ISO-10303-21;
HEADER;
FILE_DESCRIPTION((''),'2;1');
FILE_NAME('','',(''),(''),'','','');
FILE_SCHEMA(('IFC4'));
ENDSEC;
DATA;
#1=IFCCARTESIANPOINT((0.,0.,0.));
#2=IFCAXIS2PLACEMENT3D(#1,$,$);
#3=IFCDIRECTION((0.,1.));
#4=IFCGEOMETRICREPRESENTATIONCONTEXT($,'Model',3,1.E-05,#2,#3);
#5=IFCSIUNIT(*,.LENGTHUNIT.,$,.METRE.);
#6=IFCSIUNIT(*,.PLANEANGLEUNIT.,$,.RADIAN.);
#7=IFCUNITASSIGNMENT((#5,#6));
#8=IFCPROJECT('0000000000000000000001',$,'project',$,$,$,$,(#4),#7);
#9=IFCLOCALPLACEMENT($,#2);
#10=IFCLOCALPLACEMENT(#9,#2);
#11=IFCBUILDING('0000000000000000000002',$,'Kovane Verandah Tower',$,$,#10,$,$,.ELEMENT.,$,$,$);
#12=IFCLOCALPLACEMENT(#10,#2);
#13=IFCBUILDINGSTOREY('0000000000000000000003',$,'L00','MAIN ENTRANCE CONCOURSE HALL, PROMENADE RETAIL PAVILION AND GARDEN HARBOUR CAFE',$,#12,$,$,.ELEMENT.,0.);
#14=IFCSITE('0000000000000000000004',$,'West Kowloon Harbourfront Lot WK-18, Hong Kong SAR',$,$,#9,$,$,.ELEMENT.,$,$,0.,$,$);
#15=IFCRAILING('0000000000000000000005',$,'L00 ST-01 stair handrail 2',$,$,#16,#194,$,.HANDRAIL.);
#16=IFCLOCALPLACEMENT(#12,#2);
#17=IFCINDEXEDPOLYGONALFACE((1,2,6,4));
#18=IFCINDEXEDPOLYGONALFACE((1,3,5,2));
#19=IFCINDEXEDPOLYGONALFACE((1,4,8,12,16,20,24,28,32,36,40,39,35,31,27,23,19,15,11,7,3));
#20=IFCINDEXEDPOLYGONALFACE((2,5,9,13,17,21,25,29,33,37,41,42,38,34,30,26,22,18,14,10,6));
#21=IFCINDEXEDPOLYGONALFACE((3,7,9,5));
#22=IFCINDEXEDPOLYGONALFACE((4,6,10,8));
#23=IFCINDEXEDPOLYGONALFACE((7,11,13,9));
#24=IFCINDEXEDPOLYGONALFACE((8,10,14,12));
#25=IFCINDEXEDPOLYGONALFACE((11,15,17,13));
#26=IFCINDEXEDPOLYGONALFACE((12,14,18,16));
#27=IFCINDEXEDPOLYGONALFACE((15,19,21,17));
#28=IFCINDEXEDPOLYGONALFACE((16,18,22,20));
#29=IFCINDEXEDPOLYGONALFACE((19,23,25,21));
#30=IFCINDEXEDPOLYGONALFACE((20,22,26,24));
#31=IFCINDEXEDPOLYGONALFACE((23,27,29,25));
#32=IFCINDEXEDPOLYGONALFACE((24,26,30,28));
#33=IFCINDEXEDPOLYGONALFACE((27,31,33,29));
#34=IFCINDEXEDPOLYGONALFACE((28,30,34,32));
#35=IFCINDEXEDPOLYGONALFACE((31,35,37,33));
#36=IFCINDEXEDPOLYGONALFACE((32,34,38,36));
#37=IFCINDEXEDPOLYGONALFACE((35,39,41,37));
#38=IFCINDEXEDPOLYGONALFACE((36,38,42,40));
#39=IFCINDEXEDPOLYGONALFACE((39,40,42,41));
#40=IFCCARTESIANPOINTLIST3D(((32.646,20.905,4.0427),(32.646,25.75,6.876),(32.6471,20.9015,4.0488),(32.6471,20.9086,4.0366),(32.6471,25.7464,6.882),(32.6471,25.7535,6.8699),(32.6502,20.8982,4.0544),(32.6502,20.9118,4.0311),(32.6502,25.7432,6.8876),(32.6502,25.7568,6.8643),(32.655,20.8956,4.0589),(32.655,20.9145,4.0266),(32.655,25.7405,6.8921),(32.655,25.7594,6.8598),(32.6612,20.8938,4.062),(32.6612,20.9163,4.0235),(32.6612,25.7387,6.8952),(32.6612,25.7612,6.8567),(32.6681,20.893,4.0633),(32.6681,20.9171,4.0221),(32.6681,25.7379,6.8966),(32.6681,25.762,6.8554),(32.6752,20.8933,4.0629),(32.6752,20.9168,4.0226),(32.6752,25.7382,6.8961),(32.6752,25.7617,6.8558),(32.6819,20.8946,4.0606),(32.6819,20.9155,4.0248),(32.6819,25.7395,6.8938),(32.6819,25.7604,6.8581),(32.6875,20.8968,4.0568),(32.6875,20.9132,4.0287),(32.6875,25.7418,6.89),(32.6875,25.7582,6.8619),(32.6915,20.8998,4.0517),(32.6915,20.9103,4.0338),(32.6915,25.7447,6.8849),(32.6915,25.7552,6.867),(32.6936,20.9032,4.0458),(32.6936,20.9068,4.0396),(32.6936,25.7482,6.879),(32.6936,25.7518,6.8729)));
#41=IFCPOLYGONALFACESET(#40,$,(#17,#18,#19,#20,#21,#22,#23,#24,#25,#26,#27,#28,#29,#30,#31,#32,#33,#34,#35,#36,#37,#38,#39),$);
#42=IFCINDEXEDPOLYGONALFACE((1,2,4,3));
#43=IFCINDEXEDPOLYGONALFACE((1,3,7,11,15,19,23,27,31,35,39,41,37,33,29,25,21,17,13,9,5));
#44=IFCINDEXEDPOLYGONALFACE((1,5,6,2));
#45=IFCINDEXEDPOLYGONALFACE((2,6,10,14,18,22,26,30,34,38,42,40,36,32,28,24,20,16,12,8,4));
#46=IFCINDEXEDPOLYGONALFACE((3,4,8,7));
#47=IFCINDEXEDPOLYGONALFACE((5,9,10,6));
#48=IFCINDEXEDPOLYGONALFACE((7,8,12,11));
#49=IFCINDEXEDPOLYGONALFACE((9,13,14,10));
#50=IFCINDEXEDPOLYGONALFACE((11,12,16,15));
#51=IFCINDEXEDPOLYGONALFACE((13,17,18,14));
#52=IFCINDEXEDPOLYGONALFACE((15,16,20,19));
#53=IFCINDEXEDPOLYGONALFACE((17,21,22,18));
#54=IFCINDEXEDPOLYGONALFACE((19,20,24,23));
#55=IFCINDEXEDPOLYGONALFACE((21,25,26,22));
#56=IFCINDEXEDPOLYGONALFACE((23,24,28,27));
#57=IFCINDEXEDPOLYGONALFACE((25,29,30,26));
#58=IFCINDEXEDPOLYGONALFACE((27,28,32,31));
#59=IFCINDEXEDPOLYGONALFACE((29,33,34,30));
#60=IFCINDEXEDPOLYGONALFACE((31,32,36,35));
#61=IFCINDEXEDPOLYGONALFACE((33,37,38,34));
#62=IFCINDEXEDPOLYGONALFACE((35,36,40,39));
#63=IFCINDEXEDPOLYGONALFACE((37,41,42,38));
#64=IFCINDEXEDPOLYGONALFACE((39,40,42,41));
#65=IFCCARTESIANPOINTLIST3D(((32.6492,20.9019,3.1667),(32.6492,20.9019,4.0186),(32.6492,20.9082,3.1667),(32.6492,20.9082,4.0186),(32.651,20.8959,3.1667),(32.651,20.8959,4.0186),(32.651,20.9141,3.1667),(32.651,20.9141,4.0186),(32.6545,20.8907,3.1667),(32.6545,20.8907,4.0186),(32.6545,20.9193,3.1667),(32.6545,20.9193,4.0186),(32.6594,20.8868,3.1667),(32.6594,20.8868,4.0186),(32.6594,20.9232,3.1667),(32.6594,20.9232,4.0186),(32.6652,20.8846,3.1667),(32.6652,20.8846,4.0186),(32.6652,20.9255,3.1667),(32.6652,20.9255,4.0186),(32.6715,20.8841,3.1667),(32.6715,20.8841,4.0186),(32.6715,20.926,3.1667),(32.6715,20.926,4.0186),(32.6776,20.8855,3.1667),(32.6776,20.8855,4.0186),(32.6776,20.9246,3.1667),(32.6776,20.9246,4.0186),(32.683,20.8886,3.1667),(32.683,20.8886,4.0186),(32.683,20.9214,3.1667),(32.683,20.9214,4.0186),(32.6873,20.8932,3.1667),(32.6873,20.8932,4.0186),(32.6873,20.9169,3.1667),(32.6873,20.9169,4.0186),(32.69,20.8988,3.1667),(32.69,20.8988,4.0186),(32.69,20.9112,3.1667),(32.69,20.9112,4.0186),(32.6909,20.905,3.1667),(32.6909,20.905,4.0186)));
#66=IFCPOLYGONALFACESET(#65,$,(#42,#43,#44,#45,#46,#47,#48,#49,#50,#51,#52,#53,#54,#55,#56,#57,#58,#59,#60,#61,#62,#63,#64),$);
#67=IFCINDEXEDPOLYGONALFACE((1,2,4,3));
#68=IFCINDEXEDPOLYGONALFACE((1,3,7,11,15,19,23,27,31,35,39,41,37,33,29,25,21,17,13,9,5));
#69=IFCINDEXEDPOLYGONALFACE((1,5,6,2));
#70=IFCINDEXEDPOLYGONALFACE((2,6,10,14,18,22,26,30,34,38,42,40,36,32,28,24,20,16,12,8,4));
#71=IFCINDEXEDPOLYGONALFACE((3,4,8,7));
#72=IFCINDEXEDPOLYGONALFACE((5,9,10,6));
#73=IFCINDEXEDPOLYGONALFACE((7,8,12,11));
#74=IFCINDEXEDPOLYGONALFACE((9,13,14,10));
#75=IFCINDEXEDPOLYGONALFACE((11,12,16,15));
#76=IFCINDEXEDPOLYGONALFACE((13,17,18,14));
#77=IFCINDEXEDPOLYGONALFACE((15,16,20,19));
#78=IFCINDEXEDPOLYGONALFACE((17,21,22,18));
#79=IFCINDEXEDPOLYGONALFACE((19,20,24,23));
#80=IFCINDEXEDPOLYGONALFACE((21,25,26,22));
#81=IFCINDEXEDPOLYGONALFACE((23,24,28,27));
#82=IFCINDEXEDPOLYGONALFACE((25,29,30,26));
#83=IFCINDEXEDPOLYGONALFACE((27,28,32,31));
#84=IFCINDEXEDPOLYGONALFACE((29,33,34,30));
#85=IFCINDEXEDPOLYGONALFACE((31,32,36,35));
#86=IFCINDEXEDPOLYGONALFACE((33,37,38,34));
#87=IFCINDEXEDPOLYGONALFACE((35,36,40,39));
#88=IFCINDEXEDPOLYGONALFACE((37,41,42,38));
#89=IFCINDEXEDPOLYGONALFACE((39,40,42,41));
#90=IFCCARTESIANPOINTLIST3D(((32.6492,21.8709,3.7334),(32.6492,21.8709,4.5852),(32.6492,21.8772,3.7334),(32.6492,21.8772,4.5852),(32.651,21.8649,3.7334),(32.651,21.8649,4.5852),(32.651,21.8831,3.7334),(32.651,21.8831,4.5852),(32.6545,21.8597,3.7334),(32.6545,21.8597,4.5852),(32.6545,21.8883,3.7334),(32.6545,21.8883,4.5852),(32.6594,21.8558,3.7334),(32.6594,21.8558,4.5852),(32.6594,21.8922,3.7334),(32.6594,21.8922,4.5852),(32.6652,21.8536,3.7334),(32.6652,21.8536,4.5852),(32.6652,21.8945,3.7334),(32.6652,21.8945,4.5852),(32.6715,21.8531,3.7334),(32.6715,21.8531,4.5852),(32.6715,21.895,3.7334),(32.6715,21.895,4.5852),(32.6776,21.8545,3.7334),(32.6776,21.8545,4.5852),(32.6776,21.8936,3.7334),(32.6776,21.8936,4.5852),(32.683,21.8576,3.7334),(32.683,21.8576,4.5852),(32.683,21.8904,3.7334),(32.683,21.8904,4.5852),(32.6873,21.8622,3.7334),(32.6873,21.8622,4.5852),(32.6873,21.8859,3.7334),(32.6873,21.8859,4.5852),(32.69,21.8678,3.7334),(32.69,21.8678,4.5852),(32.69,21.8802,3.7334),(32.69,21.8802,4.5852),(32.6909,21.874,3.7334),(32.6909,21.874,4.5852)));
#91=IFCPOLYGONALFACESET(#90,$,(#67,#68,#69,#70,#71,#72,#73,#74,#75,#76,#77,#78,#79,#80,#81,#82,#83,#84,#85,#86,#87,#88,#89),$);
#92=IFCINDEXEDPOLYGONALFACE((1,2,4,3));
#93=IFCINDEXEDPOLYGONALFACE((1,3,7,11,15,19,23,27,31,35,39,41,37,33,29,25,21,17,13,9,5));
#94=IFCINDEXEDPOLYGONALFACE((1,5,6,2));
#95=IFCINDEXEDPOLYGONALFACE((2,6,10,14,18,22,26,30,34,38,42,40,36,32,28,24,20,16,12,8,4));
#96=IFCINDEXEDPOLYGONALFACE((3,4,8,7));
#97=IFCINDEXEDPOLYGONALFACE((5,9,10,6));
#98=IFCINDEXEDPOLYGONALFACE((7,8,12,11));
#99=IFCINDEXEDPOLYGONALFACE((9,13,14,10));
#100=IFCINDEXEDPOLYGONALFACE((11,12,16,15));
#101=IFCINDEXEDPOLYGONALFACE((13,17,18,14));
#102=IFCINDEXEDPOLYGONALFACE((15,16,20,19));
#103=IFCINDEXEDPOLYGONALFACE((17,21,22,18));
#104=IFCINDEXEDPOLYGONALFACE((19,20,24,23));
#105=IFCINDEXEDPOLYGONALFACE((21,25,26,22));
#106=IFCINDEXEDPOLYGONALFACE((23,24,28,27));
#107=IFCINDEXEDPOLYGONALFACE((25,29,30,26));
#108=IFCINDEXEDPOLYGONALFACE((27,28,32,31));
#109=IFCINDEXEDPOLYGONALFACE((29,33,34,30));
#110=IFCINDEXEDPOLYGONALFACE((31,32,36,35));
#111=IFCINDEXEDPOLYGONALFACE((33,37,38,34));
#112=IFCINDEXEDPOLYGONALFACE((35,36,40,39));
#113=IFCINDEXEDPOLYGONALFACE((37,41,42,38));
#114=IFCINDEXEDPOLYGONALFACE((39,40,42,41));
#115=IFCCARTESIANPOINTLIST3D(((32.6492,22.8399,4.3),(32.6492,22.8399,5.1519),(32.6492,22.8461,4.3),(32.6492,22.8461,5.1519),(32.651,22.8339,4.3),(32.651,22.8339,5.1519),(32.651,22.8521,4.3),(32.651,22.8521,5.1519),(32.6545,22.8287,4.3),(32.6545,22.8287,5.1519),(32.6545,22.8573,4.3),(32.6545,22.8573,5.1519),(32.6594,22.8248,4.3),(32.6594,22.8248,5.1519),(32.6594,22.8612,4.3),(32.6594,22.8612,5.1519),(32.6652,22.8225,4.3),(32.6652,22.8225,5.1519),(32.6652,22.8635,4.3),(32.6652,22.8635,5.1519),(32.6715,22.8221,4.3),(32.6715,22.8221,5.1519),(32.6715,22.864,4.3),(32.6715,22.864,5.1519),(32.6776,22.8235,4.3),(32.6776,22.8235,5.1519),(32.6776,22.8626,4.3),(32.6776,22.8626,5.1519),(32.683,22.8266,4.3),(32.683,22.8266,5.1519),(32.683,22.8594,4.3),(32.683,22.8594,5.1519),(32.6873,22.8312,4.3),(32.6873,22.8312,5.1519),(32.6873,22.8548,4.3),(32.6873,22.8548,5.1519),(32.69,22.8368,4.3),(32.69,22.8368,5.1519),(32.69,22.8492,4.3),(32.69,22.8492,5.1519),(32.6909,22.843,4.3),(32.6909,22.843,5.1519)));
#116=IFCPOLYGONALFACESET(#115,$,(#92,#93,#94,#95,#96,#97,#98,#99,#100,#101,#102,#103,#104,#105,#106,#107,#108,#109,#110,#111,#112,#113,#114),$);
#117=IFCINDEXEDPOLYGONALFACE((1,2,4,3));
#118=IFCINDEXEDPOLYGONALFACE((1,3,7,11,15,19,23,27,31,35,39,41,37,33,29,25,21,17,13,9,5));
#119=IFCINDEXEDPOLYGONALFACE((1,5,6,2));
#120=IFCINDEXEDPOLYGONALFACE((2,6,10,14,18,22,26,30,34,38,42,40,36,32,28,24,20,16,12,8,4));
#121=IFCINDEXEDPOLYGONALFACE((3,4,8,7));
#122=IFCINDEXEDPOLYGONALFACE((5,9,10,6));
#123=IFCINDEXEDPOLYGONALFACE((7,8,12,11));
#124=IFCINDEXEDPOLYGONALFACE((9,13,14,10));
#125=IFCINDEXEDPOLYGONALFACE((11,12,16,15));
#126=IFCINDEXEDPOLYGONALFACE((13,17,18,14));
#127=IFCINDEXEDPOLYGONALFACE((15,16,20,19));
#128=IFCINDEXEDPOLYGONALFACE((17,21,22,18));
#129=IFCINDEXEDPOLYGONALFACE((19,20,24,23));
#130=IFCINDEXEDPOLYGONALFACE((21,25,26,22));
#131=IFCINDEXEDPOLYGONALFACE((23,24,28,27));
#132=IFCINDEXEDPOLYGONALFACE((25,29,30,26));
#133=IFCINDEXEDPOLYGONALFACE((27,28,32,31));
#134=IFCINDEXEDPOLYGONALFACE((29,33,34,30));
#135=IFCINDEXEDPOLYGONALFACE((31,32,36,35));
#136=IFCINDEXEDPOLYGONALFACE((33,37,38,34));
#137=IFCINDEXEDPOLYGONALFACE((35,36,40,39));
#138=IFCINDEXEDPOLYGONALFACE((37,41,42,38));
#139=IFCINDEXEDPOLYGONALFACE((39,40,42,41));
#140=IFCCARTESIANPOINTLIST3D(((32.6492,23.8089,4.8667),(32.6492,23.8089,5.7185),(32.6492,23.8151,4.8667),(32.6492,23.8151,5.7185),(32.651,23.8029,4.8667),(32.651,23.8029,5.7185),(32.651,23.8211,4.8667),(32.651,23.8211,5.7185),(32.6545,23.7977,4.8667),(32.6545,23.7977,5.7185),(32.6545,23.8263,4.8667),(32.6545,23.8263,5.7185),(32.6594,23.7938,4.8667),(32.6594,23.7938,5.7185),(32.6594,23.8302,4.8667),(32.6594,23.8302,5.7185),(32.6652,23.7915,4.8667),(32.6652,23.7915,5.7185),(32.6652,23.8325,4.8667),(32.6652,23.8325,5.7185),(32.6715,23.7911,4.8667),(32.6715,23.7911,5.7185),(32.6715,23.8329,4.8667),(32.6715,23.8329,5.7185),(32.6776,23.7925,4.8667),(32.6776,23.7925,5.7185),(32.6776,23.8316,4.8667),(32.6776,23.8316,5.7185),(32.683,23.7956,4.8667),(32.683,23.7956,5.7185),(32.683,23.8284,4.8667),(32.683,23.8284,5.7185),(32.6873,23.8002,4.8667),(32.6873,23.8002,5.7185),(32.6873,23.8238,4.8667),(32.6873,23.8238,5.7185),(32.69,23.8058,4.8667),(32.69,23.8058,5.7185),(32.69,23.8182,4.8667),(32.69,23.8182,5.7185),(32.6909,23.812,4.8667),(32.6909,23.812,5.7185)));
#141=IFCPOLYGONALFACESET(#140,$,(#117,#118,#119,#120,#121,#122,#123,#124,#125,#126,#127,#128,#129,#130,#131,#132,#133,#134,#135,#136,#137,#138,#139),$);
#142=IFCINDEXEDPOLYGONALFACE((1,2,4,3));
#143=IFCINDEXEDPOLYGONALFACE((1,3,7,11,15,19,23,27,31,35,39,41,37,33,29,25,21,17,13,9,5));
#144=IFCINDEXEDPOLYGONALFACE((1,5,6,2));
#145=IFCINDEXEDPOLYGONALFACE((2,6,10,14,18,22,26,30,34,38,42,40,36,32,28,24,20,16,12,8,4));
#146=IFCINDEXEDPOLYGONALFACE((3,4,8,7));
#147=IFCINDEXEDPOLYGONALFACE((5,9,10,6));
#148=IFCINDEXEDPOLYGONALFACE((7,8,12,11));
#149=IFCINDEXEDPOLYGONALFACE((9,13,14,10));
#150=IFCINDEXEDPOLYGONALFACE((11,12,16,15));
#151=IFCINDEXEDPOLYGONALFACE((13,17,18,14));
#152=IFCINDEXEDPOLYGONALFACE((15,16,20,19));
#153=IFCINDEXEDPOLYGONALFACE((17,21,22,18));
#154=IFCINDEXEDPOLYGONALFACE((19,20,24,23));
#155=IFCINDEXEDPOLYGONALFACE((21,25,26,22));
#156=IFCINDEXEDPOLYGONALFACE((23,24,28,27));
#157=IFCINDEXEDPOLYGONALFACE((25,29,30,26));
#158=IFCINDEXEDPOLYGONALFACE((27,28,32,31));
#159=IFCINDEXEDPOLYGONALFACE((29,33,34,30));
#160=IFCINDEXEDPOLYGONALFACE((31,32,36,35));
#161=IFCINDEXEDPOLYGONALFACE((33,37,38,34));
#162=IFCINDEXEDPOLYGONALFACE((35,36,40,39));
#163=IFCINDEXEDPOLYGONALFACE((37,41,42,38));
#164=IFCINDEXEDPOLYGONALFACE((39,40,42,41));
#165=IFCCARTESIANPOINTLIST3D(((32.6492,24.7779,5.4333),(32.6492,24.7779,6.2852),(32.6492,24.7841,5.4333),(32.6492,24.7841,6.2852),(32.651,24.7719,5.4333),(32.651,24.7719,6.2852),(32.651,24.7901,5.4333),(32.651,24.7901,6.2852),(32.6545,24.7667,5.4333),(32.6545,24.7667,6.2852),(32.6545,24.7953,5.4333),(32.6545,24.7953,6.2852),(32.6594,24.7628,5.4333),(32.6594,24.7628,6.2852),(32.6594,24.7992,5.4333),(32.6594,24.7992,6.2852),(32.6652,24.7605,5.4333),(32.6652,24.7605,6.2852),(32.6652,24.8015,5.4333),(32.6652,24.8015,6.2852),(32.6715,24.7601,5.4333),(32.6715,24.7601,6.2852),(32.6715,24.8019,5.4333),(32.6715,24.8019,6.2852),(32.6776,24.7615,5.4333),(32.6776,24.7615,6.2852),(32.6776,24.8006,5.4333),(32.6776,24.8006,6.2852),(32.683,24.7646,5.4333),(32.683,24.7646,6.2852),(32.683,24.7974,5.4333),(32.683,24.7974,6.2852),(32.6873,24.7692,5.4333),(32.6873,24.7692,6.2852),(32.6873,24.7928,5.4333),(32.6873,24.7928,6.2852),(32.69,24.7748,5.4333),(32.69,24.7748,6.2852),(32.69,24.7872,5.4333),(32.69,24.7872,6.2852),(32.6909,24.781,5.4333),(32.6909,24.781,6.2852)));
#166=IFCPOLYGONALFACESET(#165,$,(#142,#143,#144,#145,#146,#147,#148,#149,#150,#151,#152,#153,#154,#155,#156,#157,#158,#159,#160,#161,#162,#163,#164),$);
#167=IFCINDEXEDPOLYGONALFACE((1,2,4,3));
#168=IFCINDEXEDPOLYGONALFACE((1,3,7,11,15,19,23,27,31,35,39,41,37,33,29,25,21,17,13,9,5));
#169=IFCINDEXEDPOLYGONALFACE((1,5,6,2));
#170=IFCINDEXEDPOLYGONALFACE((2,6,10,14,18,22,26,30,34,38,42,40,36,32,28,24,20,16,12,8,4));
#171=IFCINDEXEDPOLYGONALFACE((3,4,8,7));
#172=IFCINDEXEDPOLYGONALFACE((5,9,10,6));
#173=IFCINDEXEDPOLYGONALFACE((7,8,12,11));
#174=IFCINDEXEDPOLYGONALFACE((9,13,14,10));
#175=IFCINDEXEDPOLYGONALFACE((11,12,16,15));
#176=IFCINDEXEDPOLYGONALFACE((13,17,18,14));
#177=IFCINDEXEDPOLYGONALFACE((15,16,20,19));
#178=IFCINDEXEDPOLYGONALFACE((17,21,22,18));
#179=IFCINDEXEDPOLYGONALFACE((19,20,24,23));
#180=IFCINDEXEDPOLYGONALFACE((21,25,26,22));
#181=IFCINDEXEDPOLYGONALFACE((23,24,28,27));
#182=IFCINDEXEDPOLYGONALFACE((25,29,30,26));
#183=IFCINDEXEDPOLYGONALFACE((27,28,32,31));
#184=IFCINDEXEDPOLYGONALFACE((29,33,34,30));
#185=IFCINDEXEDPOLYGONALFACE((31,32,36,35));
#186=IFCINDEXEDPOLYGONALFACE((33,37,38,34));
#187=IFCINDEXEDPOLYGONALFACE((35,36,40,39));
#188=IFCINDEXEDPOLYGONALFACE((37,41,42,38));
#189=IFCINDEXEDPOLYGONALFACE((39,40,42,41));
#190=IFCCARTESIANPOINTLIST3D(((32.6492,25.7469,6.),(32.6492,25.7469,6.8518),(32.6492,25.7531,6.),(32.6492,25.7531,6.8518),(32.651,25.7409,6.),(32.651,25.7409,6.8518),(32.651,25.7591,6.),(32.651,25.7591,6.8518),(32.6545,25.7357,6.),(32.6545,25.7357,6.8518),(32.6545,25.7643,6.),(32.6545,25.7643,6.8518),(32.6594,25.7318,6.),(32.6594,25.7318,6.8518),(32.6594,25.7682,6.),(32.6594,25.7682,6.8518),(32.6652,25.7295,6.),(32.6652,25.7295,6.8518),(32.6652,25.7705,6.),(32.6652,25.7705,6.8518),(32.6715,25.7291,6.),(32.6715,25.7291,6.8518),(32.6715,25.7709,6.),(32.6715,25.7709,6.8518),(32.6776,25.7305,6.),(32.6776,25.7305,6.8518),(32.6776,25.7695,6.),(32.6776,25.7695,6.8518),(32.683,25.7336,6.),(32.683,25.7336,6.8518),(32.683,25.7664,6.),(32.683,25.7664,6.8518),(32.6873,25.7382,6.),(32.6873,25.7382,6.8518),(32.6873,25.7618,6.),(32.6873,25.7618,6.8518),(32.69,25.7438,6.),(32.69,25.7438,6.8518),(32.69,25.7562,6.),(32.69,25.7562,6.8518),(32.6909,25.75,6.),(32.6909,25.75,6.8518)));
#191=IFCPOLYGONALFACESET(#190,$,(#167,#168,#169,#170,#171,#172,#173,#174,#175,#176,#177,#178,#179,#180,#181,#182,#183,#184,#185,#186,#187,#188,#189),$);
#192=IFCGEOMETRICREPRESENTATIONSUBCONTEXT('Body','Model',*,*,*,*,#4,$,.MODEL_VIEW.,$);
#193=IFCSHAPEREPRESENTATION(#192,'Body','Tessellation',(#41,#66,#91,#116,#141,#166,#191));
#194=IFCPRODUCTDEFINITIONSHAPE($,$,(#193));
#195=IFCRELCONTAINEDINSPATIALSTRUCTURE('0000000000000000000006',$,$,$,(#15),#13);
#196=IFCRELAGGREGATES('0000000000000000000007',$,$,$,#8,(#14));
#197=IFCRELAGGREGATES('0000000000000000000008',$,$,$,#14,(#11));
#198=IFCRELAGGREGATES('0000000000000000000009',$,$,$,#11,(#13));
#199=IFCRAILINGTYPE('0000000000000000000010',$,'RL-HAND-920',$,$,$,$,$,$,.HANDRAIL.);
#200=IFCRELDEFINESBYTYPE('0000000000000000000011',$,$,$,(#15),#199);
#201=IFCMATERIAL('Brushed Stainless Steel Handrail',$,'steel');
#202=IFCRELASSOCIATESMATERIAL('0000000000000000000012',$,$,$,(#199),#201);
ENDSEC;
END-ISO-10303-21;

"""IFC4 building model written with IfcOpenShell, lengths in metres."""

from ifc_helpers import new_model, si_unit, direction, frame, origin, origin_2d, place, context, subcontext, project, spatial, circle, extrude, material, type_object, element, save


model = new_model("IFC4")

# Units and contexts
model_context = context("Model", 3, precision=1e-05, world=origin(), true_north=direction((0.0, 1.0)))
body_context = subcontext(model_context, "Body", "Model", "MODEL_VIEW")
ifc_project = project(units=[si_unit("LENGTHUNIT", "METRE"), si_unit("PLANEANGLEUNIT", "RADIAN")], contexts=[model_context])

# Site, building, storey
site_placement = place(None, origin())
site = spatial("IfcSite", under=ifc_project, at=site_placement, Name="West Kowloon Harbourfront Lot WK-18, Hong Kong SAR", CompositionType="ELEMENT", RefElevation=0.0)
building_placement = place(site_placement, origin())
building = spatial("IfcBuilding", under=site, at=building_placement, Name="Kovane Verandah Tower", CompositionType="ELEMENT")
storey_placement = place(building_placement, origin())
storey = spatial("IfcBuildingStorey", under=building, at=storey_placement, Name="L00", Description="MAIN ENTRANCE CONCOURSE HALL, PROMENADE RETAIL PAVILION AND GARDEN HARBOUR CAFE", CompositionType="ELEMENT", Elevation=0.0)

# Railing
ifc_material_1 = material(Name="Brushed Stainless Steel Handrail", Category="steel")
railing_type_1 = type_object("IfcRailingType", Name="RL-HAND-920", PredefinedType="HANDRAIL", material=ifc_material_1)
railing_1_placement = place(storey_placement, frame((32.6699, 20.905, 3.1667)))
element("IfcRailing", 1, at=railing_1_placement, inside=storey, type_object=railing_type_1, Name="L00 ST-01 stair handrail 2", PredefinedType="HANDRAIL", context=body_context, shape_type="SweptSolid", body=[
    extrude(circle(Radius=0.0239, at=origin_2d()), frame((0.0, 0.0, 0.876), z_axis=(0.0, 0.863234, 0.504804), x_axis=(-1.0, 0.0, 0.0)), (0.0, 0.0, 1.0), 5.6125),
    extrude(circle(Radius=0.021, at=origin_2d()), origin(), (0.0, 0.0, 1.0), 0.8518),
    extrude(circle(Radius=0.021, at=origin_2d()), frame((0.0, 0.969, 0.5667)), (0.0, 0.0, 1.0), 0.8518),
    extrude(circle(Radius=0.021, at=origin_2d()), frame((0.0, 1.938, 1.1333)), (0.0, 0.0, 1.0), 0.8518),
    extrude(circle(Radius=0.021, at=origin_2d()), frame((0.0, 2.907, 1.7)), (0.0, 0.0, 1.0), 0.8518),
    extrude(circle(Radius=0.021, at=origin_2d()), frame((0.0, 3.876, 2.2666)), (0.0, 0.0, 1.0), 0.8518),
    extrude(circle(Radius=0.021, at=origin_2d()), frame((0.0, 4.845, 2.8333)), (0.0, 0.0, 1.0), 0.8518),
])

save(model, "model.ifc")
